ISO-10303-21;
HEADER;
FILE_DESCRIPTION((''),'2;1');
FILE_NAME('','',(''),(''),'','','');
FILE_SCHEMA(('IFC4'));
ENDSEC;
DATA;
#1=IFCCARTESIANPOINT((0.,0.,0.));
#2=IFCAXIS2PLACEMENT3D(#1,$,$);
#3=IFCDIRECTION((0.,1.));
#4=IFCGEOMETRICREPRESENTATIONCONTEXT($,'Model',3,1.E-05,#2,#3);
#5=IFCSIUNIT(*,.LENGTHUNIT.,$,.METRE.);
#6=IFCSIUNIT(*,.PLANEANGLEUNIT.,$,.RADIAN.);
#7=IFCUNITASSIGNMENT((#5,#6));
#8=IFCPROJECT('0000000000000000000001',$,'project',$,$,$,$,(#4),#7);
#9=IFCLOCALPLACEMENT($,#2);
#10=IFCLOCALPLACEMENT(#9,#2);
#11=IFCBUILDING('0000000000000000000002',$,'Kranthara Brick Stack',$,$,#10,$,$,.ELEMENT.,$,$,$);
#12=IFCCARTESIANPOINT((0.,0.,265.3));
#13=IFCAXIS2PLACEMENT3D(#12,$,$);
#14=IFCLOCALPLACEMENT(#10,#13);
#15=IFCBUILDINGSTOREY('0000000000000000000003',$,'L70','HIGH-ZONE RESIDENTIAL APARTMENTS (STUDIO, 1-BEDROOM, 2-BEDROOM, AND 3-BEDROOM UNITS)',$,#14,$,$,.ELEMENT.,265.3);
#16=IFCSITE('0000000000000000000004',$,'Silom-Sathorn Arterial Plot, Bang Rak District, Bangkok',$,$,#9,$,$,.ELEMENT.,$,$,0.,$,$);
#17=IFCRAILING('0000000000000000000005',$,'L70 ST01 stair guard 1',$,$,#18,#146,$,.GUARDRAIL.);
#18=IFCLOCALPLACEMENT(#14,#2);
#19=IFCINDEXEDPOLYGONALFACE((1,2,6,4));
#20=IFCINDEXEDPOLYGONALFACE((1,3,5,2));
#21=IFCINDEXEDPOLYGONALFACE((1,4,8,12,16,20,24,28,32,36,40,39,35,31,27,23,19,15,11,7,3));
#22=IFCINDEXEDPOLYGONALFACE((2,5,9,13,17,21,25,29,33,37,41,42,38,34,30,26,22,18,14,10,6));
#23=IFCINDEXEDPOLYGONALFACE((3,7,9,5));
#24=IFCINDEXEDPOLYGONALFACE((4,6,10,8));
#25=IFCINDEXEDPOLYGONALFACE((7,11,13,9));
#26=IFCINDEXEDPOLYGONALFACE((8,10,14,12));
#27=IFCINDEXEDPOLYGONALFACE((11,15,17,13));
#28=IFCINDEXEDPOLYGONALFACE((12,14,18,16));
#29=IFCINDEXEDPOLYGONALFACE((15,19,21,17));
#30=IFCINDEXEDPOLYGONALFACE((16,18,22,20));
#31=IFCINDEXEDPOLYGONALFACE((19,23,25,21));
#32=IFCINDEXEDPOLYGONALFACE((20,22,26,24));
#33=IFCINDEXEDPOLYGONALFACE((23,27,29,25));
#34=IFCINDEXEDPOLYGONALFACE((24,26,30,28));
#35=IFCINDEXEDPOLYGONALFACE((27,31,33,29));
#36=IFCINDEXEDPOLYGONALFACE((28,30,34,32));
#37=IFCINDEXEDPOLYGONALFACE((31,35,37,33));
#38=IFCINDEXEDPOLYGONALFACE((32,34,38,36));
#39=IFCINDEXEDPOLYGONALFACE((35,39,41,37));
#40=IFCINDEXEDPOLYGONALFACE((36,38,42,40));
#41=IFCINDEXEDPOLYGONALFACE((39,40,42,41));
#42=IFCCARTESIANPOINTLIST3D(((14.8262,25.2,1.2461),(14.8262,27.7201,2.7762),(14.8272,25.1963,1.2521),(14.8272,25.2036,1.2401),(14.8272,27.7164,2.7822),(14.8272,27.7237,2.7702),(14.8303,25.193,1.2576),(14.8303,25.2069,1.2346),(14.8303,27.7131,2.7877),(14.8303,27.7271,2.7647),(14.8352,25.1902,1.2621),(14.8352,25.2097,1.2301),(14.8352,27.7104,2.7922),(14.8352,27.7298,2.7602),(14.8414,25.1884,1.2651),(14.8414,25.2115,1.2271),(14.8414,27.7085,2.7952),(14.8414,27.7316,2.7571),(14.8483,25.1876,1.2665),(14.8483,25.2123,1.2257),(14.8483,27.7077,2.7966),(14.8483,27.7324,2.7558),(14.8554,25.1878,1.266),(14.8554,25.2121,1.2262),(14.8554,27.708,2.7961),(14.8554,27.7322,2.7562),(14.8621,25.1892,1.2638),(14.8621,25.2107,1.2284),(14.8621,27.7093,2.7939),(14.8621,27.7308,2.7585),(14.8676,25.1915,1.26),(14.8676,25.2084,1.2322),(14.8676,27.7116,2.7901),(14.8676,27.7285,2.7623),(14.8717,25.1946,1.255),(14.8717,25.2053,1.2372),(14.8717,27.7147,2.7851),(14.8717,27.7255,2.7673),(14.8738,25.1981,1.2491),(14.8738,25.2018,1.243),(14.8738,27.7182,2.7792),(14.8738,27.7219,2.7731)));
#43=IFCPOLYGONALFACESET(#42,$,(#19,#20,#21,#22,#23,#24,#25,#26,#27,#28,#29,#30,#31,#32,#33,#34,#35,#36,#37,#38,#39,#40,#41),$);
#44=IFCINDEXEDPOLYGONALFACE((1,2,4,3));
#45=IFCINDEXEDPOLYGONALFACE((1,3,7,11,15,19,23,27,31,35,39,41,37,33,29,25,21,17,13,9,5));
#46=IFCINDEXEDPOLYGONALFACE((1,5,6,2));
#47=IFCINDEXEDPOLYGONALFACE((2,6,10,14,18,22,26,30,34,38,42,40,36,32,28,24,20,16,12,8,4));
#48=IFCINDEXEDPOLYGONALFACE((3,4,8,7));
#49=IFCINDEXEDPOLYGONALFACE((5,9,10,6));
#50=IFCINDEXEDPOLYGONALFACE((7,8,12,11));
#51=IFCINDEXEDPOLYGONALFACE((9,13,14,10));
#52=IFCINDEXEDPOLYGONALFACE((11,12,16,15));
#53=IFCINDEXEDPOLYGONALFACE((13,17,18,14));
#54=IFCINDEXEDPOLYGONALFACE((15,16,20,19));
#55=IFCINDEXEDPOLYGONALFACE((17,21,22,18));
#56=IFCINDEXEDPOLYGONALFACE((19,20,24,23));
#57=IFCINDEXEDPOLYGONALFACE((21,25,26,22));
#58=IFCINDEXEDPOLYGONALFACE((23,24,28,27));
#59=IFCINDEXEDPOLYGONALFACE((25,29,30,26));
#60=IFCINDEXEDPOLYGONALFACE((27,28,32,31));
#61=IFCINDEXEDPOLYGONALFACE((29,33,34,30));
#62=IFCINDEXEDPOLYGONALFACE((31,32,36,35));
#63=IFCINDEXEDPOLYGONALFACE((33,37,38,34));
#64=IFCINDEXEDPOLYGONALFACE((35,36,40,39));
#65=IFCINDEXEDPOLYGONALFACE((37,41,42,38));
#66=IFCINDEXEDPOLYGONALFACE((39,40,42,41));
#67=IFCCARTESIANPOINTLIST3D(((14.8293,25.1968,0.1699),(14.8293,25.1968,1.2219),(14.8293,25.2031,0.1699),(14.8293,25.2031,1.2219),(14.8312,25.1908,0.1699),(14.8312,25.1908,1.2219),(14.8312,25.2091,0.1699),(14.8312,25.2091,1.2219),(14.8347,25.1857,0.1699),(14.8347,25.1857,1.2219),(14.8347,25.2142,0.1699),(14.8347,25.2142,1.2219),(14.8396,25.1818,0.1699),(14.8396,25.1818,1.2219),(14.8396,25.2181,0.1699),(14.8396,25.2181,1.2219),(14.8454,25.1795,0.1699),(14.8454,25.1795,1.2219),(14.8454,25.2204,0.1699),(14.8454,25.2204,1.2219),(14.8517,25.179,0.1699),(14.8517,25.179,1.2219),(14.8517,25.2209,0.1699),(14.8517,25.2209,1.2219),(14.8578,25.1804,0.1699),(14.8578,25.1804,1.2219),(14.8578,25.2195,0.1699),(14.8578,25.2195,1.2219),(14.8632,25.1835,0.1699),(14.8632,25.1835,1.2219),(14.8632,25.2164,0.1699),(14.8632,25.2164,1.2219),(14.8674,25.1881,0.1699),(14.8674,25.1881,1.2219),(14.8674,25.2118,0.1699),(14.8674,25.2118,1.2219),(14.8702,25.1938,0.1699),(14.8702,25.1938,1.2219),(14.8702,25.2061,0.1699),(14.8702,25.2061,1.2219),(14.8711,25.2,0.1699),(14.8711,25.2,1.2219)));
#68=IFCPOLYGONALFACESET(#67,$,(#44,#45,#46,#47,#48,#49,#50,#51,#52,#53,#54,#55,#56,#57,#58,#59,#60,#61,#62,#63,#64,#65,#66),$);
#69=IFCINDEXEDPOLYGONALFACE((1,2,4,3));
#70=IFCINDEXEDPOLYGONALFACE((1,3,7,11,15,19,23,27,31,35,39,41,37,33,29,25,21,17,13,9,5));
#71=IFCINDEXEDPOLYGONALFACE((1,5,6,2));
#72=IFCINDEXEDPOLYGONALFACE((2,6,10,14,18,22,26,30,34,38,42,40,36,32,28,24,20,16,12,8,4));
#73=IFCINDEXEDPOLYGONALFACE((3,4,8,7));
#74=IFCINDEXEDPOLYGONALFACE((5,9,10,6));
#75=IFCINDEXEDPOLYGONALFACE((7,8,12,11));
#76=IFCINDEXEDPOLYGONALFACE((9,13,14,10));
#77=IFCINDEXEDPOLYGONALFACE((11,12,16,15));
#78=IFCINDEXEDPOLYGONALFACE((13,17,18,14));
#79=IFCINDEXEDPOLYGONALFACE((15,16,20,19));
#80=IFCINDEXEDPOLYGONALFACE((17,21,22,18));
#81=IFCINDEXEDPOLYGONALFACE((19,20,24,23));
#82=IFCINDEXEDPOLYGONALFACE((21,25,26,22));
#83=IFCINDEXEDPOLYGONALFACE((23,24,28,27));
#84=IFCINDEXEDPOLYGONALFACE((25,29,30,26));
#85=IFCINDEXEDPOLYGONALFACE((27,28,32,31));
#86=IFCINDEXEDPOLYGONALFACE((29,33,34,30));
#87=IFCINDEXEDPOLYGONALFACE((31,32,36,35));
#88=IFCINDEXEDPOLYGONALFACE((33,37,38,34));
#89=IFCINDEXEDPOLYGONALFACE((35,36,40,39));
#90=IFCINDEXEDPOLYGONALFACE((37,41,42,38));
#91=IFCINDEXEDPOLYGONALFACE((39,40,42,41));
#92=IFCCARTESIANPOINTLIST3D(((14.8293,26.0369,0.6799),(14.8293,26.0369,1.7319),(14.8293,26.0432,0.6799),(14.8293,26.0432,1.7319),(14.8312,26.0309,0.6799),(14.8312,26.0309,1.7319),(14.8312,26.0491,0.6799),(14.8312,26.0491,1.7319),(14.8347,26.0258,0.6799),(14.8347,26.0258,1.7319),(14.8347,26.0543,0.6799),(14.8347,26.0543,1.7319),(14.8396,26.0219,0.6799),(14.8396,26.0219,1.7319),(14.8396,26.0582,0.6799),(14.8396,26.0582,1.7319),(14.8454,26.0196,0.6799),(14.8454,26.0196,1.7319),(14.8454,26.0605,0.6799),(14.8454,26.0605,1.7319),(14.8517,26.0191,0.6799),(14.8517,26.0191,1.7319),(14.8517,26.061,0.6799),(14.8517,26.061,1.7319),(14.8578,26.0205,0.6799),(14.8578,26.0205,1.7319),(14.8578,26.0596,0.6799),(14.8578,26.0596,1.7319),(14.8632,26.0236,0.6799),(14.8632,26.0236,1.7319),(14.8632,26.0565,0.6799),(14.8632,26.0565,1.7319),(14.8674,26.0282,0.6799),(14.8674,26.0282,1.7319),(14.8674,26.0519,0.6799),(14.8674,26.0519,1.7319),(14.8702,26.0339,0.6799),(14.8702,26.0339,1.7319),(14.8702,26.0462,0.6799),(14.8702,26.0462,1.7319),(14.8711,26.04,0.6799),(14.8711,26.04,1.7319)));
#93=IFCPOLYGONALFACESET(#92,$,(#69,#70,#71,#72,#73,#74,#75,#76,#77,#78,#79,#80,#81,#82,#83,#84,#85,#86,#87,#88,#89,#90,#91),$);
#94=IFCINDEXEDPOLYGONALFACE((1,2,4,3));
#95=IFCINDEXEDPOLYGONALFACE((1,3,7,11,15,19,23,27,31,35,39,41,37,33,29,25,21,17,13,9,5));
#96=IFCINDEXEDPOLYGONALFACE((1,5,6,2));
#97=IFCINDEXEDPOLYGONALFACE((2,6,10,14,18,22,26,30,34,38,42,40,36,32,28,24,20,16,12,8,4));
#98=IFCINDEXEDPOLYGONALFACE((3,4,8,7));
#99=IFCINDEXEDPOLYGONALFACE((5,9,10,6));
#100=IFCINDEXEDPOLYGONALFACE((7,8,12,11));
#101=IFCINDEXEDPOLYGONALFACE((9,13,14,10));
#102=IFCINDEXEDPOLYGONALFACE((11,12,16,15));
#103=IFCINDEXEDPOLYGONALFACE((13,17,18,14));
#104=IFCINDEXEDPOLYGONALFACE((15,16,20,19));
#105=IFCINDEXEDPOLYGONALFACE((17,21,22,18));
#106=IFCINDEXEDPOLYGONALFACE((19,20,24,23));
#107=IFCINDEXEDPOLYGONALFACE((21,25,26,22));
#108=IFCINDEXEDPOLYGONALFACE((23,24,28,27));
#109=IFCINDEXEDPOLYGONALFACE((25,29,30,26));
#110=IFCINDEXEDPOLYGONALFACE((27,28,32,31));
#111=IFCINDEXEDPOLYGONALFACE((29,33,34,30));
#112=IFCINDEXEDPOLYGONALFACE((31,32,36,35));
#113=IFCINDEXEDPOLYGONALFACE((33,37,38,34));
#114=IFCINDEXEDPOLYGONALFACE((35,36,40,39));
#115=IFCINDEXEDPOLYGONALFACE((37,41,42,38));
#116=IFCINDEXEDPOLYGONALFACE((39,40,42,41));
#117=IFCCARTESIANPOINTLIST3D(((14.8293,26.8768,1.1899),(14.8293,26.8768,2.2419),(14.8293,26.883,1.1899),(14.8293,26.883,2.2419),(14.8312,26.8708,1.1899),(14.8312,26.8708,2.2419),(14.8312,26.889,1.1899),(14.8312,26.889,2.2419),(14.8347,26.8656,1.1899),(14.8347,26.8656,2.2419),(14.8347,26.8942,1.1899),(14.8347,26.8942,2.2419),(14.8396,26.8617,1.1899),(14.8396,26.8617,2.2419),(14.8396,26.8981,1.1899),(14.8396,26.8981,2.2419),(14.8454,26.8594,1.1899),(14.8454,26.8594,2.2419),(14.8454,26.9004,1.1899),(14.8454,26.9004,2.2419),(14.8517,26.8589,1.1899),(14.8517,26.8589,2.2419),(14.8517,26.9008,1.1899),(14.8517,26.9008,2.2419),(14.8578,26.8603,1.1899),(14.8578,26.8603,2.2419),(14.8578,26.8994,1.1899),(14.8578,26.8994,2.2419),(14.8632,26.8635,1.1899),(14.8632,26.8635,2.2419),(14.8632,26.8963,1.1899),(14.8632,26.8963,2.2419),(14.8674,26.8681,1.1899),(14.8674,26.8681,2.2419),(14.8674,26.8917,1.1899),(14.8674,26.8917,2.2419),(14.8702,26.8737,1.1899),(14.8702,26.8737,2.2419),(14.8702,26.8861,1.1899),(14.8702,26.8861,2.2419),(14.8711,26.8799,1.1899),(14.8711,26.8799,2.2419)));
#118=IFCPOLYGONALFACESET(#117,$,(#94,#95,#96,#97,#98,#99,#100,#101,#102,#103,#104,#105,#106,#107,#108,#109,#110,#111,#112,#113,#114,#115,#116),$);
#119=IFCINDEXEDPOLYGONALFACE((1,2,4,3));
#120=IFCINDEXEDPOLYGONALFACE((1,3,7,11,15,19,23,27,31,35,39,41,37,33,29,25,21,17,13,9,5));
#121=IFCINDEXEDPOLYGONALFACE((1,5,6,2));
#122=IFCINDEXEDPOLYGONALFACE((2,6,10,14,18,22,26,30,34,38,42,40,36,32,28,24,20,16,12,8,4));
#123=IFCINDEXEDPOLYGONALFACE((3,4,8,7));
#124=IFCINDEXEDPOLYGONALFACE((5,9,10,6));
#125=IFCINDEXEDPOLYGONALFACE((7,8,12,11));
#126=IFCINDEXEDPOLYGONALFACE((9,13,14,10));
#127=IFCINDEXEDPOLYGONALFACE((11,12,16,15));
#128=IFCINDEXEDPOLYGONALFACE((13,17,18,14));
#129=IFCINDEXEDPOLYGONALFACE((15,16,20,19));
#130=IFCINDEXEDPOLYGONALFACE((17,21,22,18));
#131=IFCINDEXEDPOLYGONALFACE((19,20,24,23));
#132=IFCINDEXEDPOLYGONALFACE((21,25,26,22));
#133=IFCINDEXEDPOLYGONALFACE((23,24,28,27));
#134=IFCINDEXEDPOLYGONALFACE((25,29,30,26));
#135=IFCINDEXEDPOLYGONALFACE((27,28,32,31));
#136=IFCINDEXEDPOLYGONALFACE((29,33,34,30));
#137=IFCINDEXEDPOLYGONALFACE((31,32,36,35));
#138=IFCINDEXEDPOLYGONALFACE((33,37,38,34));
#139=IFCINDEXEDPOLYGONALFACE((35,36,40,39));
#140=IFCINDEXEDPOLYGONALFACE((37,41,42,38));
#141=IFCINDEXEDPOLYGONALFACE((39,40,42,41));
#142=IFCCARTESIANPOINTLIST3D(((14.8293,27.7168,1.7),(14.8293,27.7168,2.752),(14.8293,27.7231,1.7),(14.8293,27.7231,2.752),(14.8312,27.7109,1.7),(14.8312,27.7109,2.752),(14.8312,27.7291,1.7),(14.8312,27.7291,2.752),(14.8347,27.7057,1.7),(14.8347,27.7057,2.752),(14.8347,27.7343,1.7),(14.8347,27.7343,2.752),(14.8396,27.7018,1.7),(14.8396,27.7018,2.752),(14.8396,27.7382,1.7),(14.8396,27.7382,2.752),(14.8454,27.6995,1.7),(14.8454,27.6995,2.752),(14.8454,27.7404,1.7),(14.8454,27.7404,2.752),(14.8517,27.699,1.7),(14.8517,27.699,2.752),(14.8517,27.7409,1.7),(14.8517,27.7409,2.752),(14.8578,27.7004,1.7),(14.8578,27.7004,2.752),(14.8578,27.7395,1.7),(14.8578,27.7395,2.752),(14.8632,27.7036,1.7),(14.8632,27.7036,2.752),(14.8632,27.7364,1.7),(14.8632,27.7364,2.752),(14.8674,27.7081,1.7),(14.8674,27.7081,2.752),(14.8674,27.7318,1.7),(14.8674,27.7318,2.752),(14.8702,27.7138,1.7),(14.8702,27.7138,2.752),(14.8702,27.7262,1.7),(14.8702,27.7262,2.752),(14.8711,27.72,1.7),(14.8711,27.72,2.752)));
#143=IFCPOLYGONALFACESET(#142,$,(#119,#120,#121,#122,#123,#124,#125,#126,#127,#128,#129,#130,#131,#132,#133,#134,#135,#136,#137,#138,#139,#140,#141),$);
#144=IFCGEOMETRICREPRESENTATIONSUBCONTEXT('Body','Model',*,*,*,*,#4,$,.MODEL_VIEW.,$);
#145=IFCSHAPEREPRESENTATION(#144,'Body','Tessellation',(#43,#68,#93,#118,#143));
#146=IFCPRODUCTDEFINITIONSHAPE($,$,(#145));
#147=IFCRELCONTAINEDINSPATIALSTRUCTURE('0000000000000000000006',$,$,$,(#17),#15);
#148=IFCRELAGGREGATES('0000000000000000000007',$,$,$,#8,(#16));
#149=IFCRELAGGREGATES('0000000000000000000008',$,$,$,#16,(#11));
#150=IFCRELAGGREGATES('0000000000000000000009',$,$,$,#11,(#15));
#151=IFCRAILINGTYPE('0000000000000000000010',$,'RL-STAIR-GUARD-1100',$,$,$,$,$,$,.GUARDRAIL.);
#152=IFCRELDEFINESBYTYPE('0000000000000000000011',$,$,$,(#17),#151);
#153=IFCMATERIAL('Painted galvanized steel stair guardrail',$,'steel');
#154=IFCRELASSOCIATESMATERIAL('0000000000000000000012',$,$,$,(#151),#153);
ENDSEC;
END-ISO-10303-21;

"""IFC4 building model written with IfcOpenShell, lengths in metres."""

from ifc_helpers import new_model, si_unit, direction, frame, origin, origin_2d, place, context, subcontext, project, spatial, circle, extrude, material, type_object, element, save


model = new_model("IFC4")

# Units and contexts
model_context = context("Model", 3, precision=1e-05, world=origin(), true_north=direction((0.0, 1.0)))
body_context = subcontext(model_context, "Body", "Model", "MODEL_VIEW")
ifc_project = project(units=[si_unit("LENGTHUNIT", "METRE"), si_unit("PLANEANGLEUNIT", "RADIAN")], contexts=[model_context])

# Site, building, storey
site_placement = place(None, origin())
site = spatial("IfcSite", under=ifc_project, at=site_placement, Name="Silom-Sathorn Arterial Plot, Bang Rak District, Bangkok", CompositionType="ELEMENT", RefElevation=0.0)
building_placement = place(site_placement, origin())
building = spatial("IfcBuilding", under=site, at=building_placement, Name="Kranthara Brick Stack", CompositionType="ELEMENT")
storey_placement = place(building_placement, frame((0.0, 0.0, 265.3)))
storey = spatial("IfcBuildingStorey", under=building, at=storey_placement, Name="L70", Description="HIGH-ZONE RESIDENTIAL APARTMENTS (STUDIO, 1-BEDROOM, 2-BEDROOM, AND 3-BEDROOM UNITS)", CompositionType="ELEMENT", Elevation=265.3)

# Railing
ifc_material_1 = material(Name="Painted galvanized steel stair guardrail", Category="steel")
railing_type = type_object("IfcRailingType", Name="RL-STAIR-GUARD-1100", PredefinedType="GUARDRAIL", material=ifc_material_1)
railing_1_placement = place(storey_placement, frame((14.8501, 25.2, 0.1699)))
element("IfcRailing", 1, at=railing_1_placement, inside=storey, type_object=railing_type, Name="L70 ST01 stair guard 1", PredefinedType="GUARDRAIL", context=body_context, shape_type="SweptSolid", body=[
    extrude(circle(Radius=0.0239, at=origin_2d()), frame((0.0, 0.0, 1.0762), z_axis=(0.0, 0.854785, 0.518982), x_axis=(-1.0, 0.0, 0.0)), (0.0, 0.0, 1.0), 2.9482),
    extrude(circle(Radius=0.021, at=origin_2d()), origin(), (0.0, 0.0, 1.0), 1.052),
    extrude(circle(Radius=0.021, at=origin_2d()), frame((0.0, 0.8401, 0.51)), (0.0, 0.0, 1.0), 1.052),
    extrude(circle(Radius=0.021, at=origin_2d()), frame((0.0, 1.6799, 1.02)), (0.0, 0.0, 1.0), 1.052),
    extrude(circle(Radius=0.021, at=origin_2d()), frame((0.0, 2.52, 1.53)), (0.0, 0.0, 1.0), 1.052),
])

save(model, "model.ifc")
